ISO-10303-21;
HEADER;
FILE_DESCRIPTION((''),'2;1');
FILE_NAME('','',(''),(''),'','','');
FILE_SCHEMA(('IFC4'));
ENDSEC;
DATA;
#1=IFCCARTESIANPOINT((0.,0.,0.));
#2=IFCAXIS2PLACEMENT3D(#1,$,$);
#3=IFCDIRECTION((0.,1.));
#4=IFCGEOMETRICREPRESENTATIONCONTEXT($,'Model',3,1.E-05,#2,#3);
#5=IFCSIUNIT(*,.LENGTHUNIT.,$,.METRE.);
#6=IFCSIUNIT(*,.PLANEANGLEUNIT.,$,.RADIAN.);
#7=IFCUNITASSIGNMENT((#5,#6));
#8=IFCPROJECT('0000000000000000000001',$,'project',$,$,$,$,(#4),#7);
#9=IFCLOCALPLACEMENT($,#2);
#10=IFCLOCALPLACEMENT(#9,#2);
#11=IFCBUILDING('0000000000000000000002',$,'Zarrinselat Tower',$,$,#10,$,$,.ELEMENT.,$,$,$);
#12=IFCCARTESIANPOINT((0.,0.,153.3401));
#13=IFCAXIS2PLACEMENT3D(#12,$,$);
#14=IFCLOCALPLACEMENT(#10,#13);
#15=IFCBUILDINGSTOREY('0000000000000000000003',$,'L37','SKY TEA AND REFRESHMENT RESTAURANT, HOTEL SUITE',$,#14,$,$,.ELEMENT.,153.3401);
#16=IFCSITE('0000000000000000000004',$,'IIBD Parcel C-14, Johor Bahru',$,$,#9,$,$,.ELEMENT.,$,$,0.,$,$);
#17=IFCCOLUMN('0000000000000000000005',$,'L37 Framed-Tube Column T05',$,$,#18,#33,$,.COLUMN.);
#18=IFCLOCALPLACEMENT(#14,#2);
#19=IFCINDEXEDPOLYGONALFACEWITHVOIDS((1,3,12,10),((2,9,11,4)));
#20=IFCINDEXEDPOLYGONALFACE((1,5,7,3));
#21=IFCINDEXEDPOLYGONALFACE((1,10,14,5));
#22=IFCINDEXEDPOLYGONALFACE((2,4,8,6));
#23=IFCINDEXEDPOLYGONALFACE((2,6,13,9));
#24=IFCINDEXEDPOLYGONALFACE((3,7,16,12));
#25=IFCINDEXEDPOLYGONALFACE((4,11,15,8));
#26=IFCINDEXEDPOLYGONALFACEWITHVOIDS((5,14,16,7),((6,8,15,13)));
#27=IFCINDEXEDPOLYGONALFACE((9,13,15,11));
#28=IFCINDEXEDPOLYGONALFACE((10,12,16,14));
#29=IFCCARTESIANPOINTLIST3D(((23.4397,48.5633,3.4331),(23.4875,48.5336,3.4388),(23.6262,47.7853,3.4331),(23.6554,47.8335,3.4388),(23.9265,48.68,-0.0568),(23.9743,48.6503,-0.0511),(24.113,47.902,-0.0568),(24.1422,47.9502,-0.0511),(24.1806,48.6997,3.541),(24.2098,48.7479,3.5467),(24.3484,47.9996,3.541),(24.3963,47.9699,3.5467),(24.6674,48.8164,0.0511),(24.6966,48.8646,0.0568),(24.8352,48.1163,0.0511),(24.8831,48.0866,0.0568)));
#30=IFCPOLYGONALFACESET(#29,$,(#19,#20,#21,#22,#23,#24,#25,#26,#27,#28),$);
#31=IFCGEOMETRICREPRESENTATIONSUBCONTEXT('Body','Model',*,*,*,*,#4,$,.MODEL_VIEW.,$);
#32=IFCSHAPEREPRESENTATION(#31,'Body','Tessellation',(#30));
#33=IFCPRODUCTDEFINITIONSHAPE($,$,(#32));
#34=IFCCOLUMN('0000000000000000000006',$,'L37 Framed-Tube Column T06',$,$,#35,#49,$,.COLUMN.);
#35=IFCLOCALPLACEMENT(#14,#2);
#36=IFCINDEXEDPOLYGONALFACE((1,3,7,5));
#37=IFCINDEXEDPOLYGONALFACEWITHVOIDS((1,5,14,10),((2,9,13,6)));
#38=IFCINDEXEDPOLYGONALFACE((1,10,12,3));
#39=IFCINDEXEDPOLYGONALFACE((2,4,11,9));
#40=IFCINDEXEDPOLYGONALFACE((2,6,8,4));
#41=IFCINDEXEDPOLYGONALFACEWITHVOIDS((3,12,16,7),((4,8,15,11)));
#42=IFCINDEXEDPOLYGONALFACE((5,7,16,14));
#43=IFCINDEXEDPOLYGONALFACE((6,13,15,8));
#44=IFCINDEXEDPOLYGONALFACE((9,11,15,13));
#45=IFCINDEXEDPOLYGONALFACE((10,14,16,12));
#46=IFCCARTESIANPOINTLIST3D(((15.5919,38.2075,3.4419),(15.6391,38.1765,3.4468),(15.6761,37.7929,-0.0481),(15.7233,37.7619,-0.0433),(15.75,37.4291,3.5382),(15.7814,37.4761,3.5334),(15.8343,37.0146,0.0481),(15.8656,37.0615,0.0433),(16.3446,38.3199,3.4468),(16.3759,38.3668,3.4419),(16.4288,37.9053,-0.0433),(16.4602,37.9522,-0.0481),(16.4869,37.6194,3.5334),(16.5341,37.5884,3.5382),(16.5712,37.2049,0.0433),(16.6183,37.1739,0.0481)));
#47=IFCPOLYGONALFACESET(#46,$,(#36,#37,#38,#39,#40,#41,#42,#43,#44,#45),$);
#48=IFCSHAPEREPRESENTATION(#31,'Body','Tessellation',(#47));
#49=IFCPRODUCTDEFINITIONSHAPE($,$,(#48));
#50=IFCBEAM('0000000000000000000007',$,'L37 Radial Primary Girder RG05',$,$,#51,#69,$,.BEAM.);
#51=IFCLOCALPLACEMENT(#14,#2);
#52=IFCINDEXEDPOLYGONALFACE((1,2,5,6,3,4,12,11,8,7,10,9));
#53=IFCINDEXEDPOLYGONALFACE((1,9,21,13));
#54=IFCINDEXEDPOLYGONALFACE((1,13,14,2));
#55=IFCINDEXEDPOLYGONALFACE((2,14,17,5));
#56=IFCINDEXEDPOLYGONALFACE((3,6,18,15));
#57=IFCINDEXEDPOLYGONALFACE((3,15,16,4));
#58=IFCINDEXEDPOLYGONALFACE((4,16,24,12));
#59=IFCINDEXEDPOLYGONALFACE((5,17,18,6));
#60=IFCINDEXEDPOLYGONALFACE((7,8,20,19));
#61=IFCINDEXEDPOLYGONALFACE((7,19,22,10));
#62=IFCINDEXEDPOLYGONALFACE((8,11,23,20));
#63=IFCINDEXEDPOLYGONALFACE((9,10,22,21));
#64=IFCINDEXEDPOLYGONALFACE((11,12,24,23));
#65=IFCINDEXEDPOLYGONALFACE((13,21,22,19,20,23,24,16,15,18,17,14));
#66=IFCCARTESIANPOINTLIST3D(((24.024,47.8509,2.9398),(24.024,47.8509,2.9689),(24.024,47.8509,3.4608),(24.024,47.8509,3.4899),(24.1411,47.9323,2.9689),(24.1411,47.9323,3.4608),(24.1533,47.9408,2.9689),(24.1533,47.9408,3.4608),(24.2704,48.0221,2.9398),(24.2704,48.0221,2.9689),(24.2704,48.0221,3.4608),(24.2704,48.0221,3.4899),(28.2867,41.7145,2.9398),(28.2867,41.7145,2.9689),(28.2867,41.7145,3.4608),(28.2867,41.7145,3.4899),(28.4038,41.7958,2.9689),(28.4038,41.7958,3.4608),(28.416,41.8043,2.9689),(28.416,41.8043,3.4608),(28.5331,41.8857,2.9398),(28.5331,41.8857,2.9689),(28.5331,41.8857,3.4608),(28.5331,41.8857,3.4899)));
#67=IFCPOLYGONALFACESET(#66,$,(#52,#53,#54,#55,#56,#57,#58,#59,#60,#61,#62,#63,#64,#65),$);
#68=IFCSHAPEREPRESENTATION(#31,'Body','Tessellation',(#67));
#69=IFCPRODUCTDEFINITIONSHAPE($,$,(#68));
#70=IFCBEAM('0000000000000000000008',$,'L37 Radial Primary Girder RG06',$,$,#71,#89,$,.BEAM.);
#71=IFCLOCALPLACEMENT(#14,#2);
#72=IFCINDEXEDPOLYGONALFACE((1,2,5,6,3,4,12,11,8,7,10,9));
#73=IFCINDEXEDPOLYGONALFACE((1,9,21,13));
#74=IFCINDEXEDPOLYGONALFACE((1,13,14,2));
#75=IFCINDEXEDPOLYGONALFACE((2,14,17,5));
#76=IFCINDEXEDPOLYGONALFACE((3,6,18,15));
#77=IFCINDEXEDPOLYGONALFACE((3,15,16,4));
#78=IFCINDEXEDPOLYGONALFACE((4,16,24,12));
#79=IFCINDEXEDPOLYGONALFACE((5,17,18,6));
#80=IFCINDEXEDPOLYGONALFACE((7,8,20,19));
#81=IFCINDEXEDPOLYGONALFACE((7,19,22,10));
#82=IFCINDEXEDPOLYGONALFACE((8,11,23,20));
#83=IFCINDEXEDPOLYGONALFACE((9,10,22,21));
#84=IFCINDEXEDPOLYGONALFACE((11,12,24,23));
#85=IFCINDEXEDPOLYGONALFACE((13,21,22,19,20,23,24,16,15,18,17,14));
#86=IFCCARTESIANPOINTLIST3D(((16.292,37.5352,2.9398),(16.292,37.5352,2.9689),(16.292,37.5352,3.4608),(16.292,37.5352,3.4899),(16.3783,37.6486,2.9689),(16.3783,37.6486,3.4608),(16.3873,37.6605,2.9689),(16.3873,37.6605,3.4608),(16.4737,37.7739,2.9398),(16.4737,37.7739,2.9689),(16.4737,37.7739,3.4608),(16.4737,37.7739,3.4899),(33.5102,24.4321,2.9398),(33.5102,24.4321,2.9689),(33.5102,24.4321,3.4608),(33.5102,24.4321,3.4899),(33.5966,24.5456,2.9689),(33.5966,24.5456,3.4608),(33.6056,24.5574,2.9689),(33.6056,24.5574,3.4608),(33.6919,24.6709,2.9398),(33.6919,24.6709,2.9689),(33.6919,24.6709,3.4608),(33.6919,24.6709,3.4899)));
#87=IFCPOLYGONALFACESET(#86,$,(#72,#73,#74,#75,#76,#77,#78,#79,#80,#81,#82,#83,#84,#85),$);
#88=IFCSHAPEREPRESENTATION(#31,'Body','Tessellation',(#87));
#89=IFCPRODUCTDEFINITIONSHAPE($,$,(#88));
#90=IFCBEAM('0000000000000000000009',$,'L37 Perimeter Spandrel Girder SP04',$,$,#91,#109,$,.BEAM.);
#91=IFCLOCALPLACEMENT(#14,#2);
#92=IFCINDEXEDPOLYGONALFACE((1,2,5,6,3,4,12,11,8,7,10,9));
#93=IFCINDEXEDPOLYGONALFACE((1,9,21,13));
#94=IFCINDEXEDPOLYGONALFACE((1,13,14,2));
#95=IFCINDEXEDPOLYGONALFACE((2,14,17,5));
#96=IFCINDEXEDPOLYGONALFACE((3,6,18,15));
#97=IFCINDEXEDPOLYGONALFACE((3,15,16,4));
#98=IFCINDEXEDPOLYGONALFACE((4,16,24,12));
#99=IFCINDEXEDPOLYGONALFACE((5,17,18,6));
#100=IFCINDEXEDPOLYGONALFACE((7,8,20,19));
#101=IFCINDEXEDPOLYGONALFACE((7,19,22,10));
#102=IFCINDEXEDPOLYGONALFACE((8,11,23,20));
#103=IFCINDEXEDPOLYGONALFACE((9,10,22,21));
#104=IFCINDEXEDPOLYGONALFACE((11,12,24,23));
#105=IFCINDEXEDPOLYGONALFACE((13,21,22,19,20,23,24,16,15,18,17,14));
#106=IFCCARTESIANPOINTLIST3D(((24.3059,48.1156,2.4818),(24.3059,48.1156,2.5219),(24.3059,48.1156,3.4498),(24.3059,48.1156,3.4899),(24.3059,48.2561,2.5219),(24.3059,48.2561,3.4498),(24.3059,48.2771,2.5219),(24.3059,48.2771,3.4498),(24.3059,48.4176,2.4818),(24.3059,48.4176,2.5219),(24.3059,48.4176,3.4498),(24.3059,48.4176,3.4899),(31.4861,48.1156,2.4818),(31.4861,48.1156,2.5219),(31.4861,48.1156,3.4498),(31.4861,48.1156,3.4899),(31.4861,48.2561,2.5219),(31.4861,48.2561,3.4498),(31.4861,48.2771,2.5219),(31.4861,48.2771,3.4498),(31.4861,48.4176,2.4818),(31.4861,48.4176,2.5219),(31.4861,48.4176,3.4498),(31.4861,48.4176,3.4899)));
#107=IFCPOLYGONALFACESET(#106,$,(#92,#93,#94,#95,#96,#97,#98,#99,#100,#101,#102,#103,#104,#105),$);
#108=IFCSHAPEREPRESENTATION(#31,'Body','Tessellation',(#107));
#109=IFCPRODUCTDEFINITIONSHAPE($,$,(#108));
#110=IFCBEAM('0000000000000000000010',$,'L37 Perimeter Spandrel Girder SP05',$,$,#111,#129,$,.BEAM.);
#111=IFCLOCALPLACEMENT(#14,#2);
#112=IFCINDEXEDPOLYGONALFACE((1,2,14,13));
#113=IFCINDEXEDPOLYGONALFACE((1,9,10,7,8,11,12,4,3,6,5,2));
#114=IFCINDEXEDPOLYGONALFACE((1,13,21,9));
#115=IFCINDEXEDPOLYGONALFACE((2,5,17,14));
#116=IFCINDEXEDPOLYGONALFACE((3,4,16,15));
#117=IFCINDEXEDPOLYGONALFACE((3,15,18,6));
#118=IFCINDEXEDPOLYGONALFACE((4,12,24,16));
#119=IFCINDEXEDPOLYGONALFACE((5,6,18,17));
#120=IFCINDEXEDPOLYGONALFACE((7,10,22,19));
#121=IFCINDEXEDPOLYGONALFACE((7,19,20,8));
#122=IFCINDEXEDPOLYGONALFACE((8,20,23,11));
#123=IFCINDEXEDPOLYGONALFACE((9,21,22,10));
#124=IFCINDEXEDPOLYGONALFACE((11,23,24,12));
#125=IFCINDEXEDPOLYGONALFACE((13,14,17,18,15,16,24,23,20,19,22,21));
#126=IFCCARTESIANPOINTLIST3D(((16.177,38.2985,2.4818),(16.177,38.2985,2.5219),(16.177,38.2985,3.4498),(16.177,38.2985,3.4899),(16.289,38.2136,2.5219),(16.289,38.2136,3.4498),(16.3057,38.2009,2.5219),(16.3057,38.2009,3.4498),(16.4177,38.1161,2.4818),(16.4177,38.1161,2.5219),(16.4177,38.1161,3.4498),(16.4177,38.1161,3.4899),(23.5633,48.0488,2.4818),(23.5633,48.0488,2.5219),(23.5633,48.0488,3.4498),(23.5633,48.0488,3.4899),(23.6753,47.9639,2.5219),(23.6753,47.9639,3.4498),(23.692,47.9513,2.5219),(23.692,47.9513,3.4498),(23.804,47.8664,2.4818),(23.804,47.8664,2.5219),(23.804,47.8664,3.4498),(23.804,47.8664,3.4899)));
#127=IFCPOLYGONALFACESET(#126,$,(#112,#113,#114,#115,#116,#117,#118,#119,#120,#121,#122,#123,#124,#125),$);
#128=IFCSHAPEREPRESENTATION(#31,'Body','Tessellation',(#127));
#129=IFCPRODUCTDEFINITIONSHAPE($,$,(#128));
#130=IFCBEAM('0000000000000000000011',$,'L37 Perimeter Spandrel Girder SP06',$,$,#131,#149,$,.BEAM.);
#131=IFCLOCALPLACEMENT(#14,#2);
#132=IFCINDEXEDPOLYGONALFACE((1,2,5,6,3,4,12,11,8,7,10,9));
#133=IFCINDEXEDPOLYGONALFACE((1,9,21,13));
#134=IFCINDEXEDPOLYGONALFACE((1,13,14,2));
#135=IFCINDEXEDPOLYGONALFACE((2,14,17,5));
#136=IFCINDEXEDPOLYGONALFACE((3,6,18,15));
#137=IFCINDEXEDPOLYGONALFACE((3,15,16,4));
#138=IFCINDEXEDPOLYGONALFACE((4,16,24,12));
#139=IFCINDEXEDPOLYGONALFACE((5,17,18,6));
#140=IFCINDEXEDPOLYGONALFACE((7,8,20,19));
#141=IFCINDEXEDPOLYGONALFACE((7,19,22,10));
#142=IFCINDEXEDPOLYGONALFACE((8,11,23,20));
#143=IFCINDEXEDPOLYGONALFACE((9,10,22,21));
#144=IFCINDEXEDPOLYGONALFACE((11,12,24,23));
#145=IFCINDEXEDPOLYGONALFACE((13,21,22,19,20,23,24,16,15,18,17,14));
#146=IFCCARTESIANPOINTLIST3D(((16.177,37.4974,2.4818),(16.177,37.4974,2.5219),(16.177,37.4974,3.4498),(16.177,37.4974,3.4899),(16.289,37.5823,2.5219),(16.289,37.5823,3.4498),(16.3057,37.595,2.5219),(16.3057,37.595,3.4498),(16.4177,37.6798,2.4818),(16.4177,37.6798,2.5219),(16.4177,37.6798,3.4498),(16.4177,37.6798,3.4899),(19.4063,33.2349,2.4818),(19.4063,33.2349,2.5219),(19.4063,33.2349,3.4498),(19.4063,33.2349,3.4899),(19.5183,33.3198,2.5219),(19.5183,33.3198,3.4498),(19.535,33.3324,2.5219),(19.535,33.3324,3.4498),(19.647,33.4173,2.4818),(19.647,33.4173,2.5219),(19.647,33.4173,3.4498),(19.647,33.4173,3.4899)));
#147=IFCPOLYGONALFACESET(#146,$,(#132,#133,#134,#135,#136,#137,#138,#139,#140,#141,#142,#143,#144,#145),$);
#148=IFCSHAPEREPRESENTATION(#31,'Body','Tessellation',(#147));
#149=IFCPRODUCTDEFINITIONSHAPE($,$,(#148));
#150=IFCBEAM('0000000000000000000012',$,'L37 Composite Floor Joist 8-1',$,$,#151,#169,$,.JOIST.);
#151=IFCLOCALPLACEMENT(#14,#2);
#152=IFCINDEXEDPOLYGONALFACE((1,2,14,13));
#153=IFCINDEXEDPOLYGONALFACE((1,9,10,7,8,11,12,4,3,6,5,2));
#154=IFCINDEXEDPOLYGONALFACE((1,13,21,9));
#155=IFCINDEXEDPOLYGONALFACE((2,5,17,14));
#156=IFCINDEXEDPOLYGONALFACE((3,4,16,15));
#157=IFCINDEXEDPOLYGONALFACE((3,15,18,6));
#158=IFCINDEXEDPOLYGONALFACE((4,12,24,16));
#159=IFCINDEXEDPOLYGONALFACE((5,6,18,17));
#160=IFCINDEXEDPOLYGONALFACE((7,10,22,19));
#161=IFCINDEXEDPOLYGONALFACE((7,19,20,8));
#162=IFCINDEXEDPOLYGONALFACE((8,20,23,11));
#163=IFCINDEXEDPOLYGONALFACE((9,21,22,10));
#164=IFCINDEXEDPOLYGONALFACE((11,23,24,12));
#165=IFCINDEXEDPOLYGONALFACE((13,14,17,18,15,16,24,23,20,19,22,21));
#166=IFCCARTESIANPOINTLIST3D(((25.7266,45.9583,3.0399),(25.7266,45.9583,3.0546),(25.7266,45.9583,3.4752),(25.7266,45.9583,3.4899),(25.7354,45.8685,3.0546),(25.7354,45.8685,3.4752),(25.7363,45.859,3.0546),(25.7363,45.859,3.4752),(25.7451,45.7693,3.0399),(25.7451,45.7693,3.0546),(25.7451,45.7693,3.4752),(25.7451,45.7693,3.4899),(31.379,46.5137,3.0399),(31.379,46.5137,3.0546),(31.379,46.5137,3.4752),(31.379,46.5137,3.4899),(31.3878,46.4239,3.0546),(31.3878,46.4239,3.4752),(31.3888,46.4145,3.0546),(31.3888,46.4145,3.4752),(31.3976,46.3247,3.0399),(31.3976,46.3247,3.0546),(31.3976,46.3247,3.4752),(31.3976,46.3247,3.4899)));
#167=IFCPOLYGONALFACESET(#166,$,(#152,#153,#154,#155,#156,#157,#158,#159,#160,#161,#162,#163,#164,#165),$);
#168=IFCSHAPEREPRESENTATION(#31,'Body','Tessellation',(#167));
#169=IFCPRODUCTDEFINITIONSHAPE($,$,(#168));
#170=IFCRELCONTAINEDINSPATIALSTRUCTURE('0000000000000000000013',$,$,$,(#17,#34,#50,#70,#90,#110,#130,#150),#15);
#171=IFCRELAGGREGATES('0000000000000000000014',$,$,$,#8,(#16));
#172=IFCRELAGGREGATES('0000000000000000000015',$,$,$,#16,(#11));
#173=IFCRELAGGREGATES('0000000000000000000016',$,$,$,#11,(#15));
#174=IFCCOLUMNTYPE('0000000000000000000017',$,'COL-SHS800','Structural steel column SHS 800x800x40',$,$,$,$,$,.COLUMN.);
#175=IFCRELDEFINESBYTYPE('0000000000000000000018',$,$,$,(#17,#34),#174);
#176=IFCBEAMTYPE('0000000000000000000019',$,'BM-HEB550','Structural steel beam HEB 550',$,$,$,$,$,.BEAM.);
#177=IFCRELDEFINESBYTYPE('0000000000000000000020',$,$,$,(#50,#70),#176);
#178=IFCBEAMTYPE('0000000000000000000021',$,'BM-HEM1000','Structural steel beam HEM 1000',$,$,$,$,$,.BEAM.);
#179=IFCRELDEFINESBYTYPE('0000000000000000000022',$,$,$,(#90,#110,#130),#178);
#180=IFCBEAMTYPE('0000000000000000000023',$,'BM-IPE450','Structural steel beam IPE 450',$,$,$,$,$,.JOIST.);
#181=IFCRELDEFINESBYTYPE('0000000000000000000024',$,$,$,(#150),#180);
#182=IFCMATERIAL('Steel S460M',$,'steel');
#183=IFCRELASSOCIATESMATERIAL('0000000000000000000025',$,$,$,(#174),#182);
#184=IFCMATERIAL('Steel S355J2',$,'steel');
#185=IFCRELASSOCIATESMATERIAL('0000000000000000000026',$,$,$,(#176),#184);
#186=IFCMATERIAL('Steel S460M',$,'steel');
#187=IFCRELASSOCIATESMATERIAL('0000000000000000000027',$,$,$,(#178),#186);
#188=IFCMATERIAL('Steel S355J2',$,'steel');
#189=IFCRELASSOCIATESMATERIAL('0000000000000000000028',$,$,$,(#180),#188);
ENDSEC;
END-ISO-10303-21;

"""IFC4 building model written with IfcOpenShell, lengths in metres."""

from ifc_helpers import new_model, si_unit, direction, frame, origin, origin_2d, place, context, subcontext, project, spatial, hollow_rectangle, i_section, extrude, material, material_profile, profile_set, type_object, element, save


model = new_model("IFC4")

# Units and contexts
model_context = context("Model", 3, precision=1e-05, world=origin(), true_north=direction((0.0, 1.0)))
body_context = subcontext(model_context, "Body", "Model", "MODEL_VIEW")
ifc_project = project(units=[si_unit("LENGTHUNIT", "METRE"), si_unit("PLANEANGLEUNIT", "RADIAN")], contexts=[model_context])

# Site, building, storey
site_placement = place(None, origin())
site = spatial("IfcSite", under=ifc_project, at=site_placement, Name="IIBD Parcel C-14, Johor Bahru", CompositionType="ELEMENT", RefElevation=0.0)
building_placement = place(site_placement, origin())
building = spatial("IfcBuilding", under=site, at=building_placement, Name="Zarrinselat Tower", CompositionType="ELEMENT")
storey_placement = place(building_placement, frame((0.0, 0.0, 153.3401)))
storey = spatial("IfcBuildingStorey", under=building, at=storey_placement, Name="L37", Description="SKY TEA AND REFRESHMENT RESTAURANT, HOTEL SUITE", CompositionType="ELEMENT", Elevation=153.3401)

# Columns
ifc_material_1 = material(Name="Steel S460M", Category="steel")
ifc_material_profile_1 = material_profile(ifc_material_1, hollow_rectangle(XDim=0.8, YDim=0.8, WallThickness=0.04, at=origin_2d()), Name="SHS 800x800x40")
ifc_profile_set_1 = profile_set([ifc_material_profile_1], Name="Steel S460M")
column_type = type_object("IfcColumnType", Name="COL-SHS800", Description="Structural steel column SHS 800x800x40", PredefinedType="COLUMN", material=ifc_profile_set_1)
column_1_placement = place(storey_placement, frame((24.4048, 48.3833, 0.0), z_axis=(-0.138076, -0.033099, 0.989868), x_axis=(0.233115, -0.972449, 0.0)))
element("IfcColumn", 1, at=column_1_placement, inside=storey, type_object=column_type, Name="L37 Framed-Tube Column T05", PredefinedType="COLUMN", context=body_context, shape_type="SweptSolid", body=[
    extrude(hollow_rectangle(XDim=0.8, YDim=0.8, WallThickness=0.04, at=origin_2d()), origin(), (0.0, 0.0, 1.0), 3.5256),
])
column_2_placement = place(storey_placement, frame((16.1472, 37.4834, 0.0), z_axis=(-0.023959, 0.11792, 0.992734), x_axis=(-0.979977, -0.199112, 0.0)))
element("IfcColumn", 2, at=column_2_placement, inside=storey, type_object=column_type, Name="L37 Framed-Tube Column T06", PredefinedType="COLUMN", context=body_context, shape_type="SweptSolid", body=[
    extrude(hollow_rectangle(XDim=0.8, YDim=0.8, WallThickness=0.04, at=origin_2d()), origin(), (0.0, 0.0, 1.0), 3.5156),
])

# Beams
ifc_material_2 = material(Name="Steel S355J2", Category="steel")
ifc_material_profile_2 = material_profile(ifc_material_2, i_section(OverallWidth=0.3, OverallDepth=0.55, WebThickness=0.0149, FlangeThickness=0.0291, at=origin_2d()), Name="HEB 550")
ifc_profile_set_2 = profile_set([ifc_material_profile_2], Name="Steel S355J2")
beam_type_1 = type_object("IfcBeamType", Name="BM-HEB550", Description="Structural steel beam HEB 550", PredefinedType="BEAM", material=ifc_profile_set_2)
beam_1_placement = place(storey_placement, frame((24.1472, 47.9365, 3.2148), z_axis=(0.570509, -0.821291, 0.0), x_axis=(0.821291, 0.570509, 0.0)))
element("IfcBeam", 3, at=beam_1_placement, inside=storey, type_object=beam_type_1, Name="L37 Radial Primary Girder RG05", PredefinedType="BEAM", context=body_context, shape_type="SweptSolid", body=[
    extrude(i_section(OverallWidth=0.3, OverallDepth=0.55, WebThickness=0.0149, FlangeThickness=0.0291, at=origin_2d()), origin(), (0.0, 0.0, 1.0), 7.4717),
])
beam_2_placement = place(storey_placement, frame((16.3828, 37.6545, 3.2148), z_axis=(0.79578, -0.605586, 0.0), x_axis=(0.605586, 0.79578, 0.0)))
element("IfcBeam", 4, at=beam_2_placement, inside=storey, type_object=beam_type_1, Name="L37 Radial Primary Girder RG06", PredefinedType="BEAM", context=body_context, shape_type="SweptSolid", body=[
    extrude(i_section(OverallWidth=0.3, OverallDepth=0.55, WebThickness=0.0149, FlangeThickness=0.0291, at=origin_2d()), origin(), (0.0, 0.0, 1.0), 21.637),
])
ifc_material_3 = material(Name="Steel S460M", Category="steel")
ifc_material_profile_3 = material_profile(ifc_material_3, i_section(OverallWidth=0.302, OverallDepth=1.0081, WebThickness=0.021, FlangeThickness=0.04, at=origin_2d()), Name="HEM 1000")
ifc_profile_set_3 = profile_set([ifc_material_profile_3], Name="Steel S460M")
beam_type_2 = type_object("IfcBeamType", Name="BM-HEM1000", Description="Structural steel beam HEM 1000", PredefinedType="BEAM", material=ifc_profile_set_3)
beam_3_placement = place(storey_placement, frame((24.3059, 48.2666, 2.9858), z_axis=(1.0, 0.0, 0.0), x_axis=(0.0, 1.0, 0.0)))
element("IfcBeam", 5, at=beam_3_placement, inside=storey, type_object=beam_type_2, Name="L37 Perimeter Spandrel Girder SP04", PredefinedType="BEAM", context=body_context, shape_type="SweptSolid", body=[
    extrude(i_section(OverallWidth=0.302, OverallDepth=1.0081, WebThickness=0.021, FlangeThickness=0.04, at=origin_2d()), origin(), (0.0, 0.0, 1.0), 7.1802),
])
beam_4_placement = place(storey_placement, frame((16.2974, 38.2073, 2.9858), z_axis=(0.603841, 0.797105, 0.0), x_axis=(-0.797105, 0.603841, 0.0)))
element("IfcBeam", 6, at=beam_4_placement, inside=storey, type_object=beam_type_2, Name="L37 Perimeter Spandrel Girder SP05", PredefinedType="BEAM", context=body_context, shape_type="SweptSolid", body=[
    extrude(i_section(OverallWidth=0.302, OverallDepth=1.0081, WebThickness=0.021, FlangeThickness=0.04, at=origin_2d()), origin(), (0.0, 0.0, 1.0), 12.2322),
])
beam_5_placement = place(storey_placement, frame((16.2974, 37.5886, 2.9858), z_axis=(0.603872, -0.797081, 0.0), x_axis=(0.797081, 0.603872, 0.0)))
element("IfcBeam", 7, at=beam_5_placement, inside=storey, type_object=beam_type_2, Name="L37 Perimeter Spandrel Girder SP06", PredefinedType="BEAM", context=body_context, shape_type="SweptSolid", body=[
    extrude(i_section(OverallWidth=0.302, OverallDepth=1.0081, WebThickness=0.021, FlangeThickness=0.04, at=origin_2d()), origin(), (0.0, 0.0, 1.0), 5.3477),
])
ifc_material_4 = material(Name="Steel S355J2", Category="steel")
ifc_material_profile_4 = material_profile(ifc_material_4, i_section(OverallWidth=0.1899, OverallDepth=0.45, WebThickness=0.0095, FlangeThickness=0.0146, at=origin_2d()), Name="IPE 450")
ifc_profile_set_4 = profile_set([ifc_material_profile_4], Name="Steel S355J2")
beam_type_3 = type_object("IfcBeamType", Name="BM-IPE450", Description="Structural steel beam IPE 450", PredefinedType="JOIST", material=ifc_profile_set_4)
beam_6_placement = place(storey_placement, frame((25.7358, 45.8638, 3.2649), z_axis=(0.995207, 0.097793, 0.0), x_axis=(-0.097793, 0.995207, 0.0)))
element("IfcBeam", 8, at=beam_6_placement, inside=storey, type_object=beam_type_3, Name="L37 Composite Floor Joist 8-1", PredefinedType="JOIST", context=body_context, shape_type="SweptSolid", body=[
    extrude(i_section(OverallWidth=0.1899, OverallDepth=0.45, WebThickness=0.0095, FlangeThickness=0.0146, at=origin_2d()), origin(), (0.0, 0.0, 1.0), 5.6797),
])

save(model, "model.ifc")
